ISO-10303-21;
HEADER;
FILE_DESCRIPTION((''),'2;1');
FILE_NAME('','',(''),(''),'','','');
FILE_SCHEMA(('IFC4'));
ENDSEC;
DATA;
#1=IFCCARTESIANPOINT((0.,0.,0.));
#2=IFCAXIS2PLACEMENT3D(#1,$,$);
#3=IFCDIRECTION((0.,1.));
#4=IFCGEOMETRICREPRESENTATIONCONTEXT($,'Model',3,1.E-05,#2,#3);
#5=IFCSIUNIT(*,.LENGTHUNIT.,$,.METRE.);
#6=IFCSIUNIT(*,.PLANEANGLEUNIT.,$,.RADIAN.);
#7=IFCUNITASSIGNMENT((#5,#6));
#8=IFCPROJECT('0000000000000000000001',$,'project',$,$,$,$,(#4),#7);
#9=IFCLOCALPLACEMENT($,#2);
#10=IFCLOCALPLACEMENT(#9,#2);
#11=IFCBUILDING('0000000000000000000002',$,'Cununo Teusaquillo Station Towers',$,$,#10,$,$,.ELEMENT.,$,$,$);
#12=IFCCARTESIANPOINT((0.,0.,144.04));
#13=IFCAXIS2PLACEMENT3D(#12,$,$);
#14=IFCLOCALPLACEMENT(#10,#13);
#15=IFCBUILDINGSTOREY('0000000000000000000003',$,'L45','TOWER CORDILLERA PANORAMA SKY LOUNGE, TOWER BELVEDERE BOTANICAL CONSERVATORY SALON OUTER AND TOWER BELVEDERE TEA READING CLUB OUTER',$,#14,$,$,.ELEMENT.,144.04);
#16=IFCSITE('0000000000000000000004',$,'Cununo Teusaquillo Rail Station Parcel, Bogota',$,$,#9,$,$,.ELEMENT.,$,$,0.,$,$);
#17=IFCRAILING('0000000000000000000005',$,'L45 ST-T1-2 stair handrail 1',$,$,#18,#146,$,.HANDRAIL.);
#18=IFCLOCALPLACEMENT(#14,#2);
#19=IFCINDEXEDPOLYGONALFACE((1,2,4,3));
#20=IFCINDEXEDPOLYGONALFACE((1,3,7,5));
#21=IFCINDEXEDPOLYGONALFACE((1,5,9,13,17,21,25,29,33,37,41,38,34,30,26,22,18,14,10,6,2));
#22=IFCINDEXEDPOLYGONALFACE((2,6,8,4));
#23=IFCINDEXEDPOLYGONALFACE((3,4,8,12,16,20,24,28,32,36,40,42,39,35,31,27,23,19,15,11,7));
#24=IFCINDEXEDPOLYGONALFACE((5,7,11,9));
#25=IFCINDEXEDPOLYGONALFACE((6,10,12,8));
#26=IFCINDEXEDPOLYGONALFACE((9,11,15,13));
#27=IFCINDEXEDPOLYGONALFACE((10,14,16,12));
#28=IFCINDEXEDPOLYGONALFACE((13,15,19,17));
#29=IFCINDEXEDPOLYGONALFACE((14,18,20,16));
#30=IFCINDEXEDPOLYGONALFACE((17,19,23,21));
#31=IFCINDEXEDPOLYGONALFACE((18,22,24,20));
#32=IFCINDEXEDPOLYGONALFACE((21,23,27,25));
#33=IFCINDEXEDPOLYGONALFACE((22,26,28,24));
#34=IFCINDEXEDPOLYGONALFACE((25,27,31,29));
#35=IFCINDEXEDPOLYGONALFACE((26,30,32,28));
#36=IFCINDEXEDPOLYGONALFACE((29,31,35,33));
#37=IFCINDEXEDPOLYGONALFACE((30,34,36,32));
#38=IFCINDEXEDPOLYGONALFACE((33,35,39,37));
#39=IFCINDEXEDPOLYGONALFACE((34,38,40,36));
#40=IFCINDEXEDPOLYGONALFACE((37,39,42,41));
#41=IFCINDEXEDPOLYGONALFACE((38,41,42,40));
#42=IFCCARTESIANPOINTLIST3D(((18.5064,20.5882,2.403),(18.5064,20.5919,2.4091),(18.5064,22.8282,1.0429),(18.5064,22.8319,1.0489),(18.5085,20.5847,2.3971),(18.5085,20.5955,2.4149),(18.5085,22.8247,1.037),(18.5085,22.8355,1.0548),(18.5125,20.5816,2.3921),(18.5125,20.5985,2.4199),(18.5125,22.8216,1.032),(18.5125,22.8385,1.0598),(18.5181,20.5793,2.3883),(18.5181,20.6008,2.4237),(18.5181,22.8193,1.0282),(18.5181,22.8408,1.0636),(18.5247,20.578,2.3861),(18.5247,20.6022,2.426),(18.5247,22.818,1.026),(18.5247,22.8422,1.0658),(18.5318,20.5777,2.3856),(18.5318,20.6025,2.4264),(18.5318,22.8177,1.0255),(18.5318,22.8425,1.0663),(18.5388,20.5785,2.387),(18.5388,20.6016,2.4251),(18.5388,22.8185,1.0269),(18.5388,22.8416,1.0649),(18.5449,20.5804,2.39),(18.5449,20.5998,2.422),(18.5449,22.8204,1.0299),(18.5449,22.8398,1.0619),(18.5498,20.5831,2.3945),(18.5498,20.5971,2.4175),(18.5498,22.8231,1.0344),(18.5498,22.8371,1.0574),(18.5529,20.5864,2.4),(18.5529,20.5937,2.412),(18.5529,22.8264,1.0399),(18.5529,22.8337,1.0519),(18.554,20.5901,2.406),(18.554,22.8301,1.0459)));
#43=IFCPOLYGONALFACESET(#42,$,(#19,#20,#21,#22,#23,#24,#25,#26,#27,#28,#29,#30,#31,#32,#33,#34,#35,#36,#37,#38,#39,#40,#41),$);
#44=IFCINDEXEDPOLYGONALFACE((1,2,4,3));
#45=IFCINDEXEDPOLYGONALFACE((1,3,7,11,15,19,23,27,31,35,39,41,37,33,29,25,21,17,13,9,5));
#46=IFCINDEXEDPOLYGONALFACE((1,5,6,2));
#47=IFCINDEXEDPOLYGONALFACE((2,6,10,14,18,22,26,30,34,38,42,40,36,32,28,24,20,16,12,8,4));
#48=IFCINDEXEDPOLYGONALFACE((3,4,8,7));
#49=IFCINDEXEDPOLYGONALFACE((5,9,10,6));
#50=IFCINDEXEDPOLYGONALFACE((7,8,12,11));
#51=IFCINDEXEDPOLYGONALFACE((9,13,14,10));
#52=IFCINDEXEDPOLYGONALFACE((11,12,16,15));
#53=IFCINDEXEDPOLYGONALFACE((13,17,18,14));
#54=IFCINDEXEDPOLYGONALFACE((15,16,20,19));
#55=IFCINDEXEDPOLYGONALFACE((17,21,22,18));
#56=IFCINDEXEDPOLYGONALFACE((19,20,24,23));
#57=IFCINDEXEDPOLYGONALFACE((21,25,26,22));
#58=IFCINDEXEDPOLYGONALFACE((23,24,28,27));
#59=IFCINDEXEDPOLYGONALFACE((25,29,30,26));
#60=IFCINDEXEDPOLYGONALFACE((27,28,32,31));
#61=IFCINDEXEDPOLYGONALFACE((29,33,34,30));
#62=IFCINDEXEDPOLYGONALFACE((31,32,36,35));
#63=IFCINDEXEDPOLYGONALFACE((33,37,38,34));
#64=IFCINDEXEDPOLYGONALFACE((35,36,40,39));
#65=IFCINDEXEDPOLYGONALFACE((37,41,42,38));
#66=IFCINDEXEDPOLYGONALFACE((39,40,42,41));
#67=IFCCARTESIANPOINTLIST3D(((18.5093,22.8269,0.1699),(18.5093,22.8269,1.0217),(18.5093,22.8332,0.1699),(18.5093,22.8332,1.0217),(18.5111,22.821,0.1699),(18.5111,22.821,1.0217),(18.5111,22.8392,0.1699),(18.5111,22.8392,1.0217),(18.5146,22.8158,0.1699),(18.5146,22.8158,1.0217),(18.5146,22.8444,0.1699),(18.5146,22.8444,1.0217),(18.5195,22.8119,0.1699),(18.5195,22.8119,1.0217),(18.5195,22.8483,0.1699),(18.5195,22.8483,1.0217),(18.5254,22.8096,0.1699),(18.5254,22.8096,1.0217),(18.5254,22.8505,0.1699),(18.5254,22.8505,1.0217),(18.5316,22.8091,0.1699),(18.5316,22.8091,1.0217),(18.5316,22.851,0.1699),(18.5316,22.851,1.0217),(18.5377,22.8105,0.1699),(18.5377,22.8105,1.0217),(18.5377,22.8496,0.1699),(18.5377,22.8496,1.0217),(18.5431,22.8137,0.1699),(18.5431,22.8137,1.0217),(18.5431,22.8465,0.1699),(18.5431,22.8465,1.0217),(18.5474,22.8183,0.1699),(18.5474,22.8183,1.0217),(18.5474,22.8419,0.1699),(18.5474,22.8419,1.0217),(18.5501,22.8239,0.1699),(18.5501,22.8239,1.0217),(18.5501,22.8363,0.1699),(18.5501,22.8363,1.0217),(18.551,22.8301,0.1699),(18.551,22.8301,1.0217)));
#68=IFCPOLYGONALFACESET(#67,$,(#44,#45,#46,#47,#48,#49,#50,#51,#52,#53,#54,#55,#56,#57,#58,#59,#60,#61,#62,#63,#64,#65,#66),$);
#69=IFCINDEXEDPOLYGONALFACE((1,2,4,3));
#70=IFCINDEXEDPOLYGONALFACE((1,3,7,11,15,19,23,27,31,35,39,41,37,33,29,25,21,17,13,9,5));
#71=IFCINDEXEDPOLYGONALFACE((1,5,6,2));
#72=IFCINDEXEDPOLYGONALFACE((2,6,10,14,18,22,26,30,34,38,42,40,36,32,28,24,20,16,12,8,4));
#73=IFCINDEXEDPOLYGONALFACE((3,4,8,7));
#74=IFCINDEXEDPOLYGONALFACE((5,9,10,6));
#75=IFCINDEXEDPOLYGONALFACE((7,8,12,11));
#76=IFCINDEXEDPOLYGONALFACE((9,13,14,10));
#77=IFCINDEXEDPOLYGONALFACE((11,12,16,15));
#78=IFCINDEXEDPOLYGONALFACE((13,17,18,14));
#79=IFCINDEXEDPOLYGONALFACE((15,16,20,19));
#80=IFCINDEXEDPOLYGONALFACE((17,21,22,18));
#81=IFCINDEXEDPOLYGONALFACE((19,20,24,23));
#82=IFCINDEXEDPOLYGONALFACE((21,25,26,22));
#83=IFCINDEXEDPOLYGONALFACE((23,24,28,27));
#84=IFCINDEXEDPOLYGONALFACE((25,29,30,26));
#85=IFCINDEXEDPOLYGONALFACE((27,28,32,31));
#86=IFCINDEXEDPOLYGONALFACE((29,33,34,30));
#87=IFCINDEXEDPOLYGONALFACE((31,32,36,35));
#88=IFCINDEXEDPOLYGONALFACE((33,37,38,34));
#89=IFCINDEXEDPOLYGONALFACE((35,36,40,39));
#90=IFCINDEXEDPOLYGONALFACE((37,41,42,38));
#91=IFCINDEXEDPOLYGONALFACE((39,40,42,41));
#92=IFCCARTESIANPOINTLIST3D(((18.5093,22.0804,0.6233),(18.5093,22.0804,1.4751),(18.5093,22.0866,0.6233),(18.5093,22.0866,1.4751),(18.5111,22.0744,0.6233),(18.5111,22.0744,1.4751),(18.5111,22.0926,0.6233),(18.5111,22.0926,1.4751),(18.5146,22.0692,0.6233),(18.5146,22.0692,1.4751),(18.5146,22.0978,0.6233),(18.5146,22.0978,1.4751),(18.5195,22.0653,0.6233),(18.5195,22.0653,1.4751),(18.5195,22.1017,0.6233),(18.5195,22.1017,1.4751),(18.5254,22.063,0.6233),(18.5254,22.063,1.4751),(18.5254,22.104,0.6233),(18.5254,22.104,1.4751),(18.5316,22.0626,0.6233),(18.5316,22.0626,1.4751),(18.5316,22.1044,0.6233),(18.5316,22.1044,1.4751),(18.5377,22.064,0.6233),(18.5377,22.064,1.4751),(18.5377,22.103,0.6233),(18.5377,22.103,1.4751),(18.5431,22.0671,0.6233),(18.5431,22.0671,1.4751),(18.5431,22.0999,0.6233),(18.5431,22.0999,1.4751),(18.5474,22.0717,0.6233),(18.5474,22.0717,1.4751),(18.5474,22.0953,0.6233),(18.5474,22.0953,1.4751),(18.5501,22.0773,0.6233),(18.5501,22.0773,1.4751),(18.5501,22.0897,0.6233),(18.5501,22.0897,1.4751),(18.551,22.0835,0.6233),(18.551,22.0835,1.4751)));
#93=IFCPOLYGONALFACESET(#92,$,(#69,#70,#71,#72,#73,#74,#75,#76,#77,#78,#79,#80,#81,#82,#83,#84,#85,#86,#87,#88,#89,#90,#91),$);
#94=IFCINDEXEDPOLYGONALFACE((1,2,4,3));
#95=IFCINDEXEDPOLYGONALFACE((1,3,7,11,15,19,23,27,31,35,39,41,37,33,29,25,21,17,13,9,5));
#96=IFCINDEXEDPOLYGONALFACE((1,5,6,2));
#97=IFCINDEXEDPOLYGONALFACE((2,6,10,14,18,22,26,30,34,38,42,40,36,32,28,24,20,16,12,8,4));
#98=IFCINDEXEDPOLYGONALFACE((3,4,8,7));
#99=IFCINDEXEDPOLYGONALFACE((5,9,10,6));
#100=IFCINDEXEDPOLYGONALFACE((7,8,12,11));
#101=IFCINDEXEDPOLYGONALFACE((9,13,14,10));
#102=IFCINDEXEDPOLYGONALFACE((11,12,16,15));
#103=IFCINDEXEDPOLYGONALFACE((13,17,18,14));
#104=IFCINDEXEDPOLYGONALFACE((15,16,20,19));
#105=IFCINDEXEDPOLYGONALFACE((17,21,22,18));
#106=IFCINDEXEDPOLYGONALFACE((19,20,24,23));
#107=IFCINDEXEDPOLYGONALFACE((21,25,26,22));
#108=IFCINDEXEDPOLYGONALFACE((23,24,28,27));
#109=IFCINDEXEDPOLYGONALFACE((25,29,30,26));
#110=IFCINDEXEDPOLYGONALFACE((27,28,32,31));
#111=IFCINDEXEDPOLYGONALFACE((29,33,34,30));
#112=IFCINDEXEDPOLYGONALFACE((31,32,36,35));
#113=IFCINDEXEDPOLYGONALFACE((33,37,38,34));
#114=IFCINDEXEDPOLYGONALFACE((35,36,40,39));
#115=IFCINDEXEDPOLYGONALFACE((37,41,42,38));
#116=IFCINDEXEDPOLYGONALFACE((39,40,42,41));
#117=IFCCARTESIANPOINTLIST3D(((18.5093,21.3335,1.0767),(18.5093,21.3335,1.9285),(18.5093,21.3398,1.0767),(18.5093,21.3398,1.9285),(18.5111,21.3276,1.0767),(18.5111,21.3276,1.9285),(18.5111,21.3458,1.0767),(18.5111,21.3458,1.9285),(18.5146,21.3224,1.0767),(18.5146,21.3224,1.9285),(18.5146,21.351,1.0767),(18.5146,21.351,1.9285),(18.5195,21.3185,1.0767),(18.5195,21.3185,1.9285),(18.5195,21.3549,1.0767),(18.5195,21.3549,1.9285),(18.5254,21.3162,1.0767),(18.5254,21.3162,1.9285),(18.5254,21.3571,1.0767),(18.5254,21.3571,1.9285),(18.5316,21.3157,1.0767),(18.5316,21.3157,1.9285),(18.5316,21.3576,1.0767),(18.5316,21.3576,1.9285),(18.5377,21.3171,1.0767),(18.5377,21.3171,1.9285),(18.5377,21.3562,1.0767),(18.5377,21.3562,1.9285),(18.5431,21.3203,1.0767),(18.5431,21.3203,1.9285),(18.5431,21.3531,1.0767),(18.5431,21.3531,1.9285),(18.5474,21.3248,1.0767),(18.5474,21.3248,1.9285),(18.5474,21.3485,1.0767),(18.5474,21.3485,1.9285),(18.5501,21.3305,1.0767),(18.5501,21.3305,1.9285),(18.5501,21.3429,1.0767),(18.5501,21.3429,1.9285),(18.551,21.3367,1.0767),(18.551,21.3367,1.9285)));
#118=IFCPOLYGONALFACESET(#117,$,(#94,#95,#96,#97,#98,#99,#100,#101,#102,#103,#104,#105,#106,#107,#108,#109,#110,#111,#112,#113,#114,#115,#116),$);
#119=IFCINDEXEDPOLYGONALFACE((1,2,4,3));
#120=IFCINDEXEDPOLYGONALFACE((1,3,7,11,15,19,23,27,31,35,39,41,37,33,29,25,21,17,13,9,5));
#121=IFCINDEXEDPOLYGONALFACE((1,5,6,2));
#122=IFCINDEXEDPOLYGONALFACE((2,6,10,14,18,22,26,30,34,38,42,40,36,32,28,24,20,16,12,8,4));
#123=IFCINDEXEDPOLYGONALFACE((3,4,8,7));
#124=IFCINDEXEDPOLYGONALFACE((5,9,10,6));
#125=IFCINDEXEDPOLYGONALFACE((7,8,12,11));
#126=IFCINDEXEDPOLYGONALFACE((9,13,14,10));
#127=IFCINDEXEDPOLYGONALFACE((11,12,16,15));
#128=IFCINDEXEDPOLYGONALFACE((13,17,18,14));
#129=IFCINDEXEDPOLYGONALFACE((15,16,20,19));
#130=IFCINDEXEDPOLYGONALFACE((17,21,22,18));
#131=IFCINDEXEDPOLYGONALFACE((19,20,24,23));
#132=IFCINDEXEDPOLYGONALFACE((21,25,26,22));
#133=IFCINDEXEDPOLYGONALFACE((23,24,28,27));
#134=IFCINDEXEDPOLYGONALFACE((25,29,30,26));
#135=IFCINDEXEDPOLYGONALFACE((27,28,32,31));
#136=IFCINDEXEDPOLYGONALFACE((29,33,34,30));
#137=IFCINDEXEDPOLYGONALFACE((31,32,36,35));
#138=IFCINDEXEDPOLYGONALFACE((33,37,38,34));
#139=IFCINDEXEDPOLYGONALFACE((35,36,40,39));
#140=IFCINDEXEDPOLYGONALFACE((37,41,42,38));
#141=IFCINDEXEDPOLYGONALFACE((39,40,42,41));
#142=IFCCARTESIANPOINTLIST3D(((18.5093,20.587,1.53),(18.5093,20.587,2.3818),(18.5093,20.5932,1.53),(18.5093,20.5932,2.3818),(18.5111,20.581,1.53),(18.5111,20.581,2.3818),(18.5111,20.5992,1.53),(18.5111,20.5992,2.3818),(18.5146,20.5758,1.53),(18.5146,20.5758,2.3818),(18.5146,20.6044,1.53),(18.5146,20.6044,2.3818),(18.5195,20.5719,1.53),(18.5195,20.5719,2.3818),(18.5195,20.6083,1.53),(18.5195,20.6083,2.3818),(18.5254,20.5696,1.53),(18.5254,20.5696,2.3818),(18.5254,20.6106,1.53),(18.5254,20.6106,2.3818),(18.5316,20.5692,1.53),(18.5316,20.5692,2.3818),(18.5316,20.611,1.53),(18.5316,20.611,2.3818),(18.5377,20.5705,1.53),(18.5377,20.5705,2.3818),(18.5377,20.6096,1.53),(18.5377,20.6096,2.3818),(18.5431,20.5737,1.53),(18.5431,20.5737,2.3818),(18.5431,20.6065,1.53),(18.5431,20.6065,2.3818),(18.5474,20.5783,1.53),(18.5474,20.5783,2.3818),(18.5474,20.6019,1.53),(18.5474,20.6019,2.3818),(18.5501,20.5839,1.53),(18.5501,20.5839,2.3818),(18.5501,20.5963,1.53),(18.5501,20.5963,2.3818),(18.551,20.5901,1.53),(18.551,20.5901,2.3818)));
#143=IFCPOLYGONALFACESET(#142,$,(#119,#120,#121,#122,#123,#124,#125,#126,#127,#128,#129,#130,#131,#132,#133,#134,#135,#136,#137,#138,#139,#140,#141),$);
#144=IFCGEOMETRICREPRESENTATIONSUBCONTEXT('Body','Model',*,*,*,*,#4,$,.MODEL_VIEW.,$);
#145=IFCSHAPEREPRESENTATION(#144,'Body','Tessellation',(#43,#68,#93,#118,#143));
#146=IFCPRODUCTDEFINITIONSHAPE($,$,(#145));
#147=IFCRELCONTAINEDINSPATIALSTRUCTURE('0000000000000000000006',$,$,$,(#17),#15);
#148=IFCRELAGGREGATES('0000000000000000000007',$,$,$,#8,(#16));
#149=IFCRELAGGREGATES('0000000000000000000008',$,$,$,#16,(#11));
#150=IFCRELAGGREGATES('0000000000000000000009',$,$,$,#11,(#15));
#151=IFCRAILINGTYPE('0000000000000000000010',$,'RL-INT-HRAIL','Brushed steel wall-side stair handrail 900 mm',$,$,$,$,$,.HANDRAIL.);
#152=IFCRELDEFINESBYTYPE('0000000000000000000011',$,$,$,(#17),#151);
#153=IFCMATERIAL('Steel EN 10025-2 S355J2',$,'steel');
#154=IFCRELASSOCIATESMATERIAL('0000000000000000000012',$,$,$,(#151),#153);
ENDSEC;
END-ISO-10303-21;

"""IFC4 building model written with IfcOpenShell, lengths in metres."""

from ifc_helpers import new_model, si_unit, direction, frame, origin, origin_2d, place, context, subcontext, project, spatial, circle, extrude, material, type_object, element, save


model = new_model("IFC4")

# Units and contexts
model_context = context("Model", 3, precision=1e-05, world=origin(), true_north=direction((0.0, 1.0)))
body_context = subcontext(model_context, "Body", "Model", "MODEL_VIEW")
ifc_project = project(units=[si_unit("LENGTHUNIT", "METRE"), si_unit("PLANEANGLEUNIT", "RADIAN")], contexts=[model_context])

# Site, building, storey
site_placement = place(None, origin())
site = spatial("IfcSite", under=ifc_project, at=site_placement, Name="Cununo Teusaquillo Rail Station Parcel, Bogota", CompositionType="ELEMENT", RefElevation=0.0)
building_placement = place(site_placement, origin())
building = spatial("IfcBuilding", under=site, at=building_placement, Name="Cununo Teusaquillo Station Towers", CompositionType="ELEMENT")
storey_placement = place(building_placement, frame((0.0, 0.0, 144.04)))
storey = spatial("IfcBuildingStorey", under=building, at=storey_placement, Name="L45", Description="TOWER CORDILLERA PANORAMA SKY LOUNGE, TOWER BELVEDERE BOTANICAL CONSERVATORY SALON OUTER AND TOWER BELVEDERE TEA READING CLUB OUTER", CompositionType="ELEMENT", Elevation=144.04)

# Railing
ifc_material_1 = material(Name="Steel EN 10025-2 S355J2", Category="steel")
railing_type_1 = type_object("IfcRailingType", Name="RL-INT-HRAIL", Description="Brushed steel wall-side stair handrail 900 mm", PredefinedType="HANDRAIL", material=ifc_material_1)
railing_1_placement = place(storey_placement, frame((18.53, 22.8301, 0.1699)))
element("IfcRailing", 1, at=railing_1_placement, inside=storey, type_object=railing_type_1, Name="L45 ST-T1-2 stair handrail 1", PredefinedType="HANDRAIL", context=body_context, shape_type="SweptSolid", body=[
    extrude(circle(Radius=0.0239, at=origin_2d()), frame((0.0, 0.0, 0.876), z_axis=(0.0, -0.854768, 0.51901), x_axis=(1.0, 0.0, 0.0)), (0.0, 0.0, 1.0), 2.6206),
    extrude(circle(Radius=0.021, at=origin_2d()), origin(), (0.0, 0.0, 1.0), 0.8518),
    extrude(circle(Radius=0.021, at=origin_2d()), frame((0.0, -0.7466, 0.4534)), (0.0, 0.0, 1.0), 0.8518),
    extrude(circle(Radius=0.021, at=origin_2d()), frame((0.0, -1.4934, 0.9067)), (0.0, 0.0, 1.0), 0.8518),
    extrude(circle(Radius=0.021, at=origin_2d()), frame((0.0, -2.24, 1.3601)), (0.0, 0.0, 1.0), 0.8518),
])

save(model, "model.ifc")
